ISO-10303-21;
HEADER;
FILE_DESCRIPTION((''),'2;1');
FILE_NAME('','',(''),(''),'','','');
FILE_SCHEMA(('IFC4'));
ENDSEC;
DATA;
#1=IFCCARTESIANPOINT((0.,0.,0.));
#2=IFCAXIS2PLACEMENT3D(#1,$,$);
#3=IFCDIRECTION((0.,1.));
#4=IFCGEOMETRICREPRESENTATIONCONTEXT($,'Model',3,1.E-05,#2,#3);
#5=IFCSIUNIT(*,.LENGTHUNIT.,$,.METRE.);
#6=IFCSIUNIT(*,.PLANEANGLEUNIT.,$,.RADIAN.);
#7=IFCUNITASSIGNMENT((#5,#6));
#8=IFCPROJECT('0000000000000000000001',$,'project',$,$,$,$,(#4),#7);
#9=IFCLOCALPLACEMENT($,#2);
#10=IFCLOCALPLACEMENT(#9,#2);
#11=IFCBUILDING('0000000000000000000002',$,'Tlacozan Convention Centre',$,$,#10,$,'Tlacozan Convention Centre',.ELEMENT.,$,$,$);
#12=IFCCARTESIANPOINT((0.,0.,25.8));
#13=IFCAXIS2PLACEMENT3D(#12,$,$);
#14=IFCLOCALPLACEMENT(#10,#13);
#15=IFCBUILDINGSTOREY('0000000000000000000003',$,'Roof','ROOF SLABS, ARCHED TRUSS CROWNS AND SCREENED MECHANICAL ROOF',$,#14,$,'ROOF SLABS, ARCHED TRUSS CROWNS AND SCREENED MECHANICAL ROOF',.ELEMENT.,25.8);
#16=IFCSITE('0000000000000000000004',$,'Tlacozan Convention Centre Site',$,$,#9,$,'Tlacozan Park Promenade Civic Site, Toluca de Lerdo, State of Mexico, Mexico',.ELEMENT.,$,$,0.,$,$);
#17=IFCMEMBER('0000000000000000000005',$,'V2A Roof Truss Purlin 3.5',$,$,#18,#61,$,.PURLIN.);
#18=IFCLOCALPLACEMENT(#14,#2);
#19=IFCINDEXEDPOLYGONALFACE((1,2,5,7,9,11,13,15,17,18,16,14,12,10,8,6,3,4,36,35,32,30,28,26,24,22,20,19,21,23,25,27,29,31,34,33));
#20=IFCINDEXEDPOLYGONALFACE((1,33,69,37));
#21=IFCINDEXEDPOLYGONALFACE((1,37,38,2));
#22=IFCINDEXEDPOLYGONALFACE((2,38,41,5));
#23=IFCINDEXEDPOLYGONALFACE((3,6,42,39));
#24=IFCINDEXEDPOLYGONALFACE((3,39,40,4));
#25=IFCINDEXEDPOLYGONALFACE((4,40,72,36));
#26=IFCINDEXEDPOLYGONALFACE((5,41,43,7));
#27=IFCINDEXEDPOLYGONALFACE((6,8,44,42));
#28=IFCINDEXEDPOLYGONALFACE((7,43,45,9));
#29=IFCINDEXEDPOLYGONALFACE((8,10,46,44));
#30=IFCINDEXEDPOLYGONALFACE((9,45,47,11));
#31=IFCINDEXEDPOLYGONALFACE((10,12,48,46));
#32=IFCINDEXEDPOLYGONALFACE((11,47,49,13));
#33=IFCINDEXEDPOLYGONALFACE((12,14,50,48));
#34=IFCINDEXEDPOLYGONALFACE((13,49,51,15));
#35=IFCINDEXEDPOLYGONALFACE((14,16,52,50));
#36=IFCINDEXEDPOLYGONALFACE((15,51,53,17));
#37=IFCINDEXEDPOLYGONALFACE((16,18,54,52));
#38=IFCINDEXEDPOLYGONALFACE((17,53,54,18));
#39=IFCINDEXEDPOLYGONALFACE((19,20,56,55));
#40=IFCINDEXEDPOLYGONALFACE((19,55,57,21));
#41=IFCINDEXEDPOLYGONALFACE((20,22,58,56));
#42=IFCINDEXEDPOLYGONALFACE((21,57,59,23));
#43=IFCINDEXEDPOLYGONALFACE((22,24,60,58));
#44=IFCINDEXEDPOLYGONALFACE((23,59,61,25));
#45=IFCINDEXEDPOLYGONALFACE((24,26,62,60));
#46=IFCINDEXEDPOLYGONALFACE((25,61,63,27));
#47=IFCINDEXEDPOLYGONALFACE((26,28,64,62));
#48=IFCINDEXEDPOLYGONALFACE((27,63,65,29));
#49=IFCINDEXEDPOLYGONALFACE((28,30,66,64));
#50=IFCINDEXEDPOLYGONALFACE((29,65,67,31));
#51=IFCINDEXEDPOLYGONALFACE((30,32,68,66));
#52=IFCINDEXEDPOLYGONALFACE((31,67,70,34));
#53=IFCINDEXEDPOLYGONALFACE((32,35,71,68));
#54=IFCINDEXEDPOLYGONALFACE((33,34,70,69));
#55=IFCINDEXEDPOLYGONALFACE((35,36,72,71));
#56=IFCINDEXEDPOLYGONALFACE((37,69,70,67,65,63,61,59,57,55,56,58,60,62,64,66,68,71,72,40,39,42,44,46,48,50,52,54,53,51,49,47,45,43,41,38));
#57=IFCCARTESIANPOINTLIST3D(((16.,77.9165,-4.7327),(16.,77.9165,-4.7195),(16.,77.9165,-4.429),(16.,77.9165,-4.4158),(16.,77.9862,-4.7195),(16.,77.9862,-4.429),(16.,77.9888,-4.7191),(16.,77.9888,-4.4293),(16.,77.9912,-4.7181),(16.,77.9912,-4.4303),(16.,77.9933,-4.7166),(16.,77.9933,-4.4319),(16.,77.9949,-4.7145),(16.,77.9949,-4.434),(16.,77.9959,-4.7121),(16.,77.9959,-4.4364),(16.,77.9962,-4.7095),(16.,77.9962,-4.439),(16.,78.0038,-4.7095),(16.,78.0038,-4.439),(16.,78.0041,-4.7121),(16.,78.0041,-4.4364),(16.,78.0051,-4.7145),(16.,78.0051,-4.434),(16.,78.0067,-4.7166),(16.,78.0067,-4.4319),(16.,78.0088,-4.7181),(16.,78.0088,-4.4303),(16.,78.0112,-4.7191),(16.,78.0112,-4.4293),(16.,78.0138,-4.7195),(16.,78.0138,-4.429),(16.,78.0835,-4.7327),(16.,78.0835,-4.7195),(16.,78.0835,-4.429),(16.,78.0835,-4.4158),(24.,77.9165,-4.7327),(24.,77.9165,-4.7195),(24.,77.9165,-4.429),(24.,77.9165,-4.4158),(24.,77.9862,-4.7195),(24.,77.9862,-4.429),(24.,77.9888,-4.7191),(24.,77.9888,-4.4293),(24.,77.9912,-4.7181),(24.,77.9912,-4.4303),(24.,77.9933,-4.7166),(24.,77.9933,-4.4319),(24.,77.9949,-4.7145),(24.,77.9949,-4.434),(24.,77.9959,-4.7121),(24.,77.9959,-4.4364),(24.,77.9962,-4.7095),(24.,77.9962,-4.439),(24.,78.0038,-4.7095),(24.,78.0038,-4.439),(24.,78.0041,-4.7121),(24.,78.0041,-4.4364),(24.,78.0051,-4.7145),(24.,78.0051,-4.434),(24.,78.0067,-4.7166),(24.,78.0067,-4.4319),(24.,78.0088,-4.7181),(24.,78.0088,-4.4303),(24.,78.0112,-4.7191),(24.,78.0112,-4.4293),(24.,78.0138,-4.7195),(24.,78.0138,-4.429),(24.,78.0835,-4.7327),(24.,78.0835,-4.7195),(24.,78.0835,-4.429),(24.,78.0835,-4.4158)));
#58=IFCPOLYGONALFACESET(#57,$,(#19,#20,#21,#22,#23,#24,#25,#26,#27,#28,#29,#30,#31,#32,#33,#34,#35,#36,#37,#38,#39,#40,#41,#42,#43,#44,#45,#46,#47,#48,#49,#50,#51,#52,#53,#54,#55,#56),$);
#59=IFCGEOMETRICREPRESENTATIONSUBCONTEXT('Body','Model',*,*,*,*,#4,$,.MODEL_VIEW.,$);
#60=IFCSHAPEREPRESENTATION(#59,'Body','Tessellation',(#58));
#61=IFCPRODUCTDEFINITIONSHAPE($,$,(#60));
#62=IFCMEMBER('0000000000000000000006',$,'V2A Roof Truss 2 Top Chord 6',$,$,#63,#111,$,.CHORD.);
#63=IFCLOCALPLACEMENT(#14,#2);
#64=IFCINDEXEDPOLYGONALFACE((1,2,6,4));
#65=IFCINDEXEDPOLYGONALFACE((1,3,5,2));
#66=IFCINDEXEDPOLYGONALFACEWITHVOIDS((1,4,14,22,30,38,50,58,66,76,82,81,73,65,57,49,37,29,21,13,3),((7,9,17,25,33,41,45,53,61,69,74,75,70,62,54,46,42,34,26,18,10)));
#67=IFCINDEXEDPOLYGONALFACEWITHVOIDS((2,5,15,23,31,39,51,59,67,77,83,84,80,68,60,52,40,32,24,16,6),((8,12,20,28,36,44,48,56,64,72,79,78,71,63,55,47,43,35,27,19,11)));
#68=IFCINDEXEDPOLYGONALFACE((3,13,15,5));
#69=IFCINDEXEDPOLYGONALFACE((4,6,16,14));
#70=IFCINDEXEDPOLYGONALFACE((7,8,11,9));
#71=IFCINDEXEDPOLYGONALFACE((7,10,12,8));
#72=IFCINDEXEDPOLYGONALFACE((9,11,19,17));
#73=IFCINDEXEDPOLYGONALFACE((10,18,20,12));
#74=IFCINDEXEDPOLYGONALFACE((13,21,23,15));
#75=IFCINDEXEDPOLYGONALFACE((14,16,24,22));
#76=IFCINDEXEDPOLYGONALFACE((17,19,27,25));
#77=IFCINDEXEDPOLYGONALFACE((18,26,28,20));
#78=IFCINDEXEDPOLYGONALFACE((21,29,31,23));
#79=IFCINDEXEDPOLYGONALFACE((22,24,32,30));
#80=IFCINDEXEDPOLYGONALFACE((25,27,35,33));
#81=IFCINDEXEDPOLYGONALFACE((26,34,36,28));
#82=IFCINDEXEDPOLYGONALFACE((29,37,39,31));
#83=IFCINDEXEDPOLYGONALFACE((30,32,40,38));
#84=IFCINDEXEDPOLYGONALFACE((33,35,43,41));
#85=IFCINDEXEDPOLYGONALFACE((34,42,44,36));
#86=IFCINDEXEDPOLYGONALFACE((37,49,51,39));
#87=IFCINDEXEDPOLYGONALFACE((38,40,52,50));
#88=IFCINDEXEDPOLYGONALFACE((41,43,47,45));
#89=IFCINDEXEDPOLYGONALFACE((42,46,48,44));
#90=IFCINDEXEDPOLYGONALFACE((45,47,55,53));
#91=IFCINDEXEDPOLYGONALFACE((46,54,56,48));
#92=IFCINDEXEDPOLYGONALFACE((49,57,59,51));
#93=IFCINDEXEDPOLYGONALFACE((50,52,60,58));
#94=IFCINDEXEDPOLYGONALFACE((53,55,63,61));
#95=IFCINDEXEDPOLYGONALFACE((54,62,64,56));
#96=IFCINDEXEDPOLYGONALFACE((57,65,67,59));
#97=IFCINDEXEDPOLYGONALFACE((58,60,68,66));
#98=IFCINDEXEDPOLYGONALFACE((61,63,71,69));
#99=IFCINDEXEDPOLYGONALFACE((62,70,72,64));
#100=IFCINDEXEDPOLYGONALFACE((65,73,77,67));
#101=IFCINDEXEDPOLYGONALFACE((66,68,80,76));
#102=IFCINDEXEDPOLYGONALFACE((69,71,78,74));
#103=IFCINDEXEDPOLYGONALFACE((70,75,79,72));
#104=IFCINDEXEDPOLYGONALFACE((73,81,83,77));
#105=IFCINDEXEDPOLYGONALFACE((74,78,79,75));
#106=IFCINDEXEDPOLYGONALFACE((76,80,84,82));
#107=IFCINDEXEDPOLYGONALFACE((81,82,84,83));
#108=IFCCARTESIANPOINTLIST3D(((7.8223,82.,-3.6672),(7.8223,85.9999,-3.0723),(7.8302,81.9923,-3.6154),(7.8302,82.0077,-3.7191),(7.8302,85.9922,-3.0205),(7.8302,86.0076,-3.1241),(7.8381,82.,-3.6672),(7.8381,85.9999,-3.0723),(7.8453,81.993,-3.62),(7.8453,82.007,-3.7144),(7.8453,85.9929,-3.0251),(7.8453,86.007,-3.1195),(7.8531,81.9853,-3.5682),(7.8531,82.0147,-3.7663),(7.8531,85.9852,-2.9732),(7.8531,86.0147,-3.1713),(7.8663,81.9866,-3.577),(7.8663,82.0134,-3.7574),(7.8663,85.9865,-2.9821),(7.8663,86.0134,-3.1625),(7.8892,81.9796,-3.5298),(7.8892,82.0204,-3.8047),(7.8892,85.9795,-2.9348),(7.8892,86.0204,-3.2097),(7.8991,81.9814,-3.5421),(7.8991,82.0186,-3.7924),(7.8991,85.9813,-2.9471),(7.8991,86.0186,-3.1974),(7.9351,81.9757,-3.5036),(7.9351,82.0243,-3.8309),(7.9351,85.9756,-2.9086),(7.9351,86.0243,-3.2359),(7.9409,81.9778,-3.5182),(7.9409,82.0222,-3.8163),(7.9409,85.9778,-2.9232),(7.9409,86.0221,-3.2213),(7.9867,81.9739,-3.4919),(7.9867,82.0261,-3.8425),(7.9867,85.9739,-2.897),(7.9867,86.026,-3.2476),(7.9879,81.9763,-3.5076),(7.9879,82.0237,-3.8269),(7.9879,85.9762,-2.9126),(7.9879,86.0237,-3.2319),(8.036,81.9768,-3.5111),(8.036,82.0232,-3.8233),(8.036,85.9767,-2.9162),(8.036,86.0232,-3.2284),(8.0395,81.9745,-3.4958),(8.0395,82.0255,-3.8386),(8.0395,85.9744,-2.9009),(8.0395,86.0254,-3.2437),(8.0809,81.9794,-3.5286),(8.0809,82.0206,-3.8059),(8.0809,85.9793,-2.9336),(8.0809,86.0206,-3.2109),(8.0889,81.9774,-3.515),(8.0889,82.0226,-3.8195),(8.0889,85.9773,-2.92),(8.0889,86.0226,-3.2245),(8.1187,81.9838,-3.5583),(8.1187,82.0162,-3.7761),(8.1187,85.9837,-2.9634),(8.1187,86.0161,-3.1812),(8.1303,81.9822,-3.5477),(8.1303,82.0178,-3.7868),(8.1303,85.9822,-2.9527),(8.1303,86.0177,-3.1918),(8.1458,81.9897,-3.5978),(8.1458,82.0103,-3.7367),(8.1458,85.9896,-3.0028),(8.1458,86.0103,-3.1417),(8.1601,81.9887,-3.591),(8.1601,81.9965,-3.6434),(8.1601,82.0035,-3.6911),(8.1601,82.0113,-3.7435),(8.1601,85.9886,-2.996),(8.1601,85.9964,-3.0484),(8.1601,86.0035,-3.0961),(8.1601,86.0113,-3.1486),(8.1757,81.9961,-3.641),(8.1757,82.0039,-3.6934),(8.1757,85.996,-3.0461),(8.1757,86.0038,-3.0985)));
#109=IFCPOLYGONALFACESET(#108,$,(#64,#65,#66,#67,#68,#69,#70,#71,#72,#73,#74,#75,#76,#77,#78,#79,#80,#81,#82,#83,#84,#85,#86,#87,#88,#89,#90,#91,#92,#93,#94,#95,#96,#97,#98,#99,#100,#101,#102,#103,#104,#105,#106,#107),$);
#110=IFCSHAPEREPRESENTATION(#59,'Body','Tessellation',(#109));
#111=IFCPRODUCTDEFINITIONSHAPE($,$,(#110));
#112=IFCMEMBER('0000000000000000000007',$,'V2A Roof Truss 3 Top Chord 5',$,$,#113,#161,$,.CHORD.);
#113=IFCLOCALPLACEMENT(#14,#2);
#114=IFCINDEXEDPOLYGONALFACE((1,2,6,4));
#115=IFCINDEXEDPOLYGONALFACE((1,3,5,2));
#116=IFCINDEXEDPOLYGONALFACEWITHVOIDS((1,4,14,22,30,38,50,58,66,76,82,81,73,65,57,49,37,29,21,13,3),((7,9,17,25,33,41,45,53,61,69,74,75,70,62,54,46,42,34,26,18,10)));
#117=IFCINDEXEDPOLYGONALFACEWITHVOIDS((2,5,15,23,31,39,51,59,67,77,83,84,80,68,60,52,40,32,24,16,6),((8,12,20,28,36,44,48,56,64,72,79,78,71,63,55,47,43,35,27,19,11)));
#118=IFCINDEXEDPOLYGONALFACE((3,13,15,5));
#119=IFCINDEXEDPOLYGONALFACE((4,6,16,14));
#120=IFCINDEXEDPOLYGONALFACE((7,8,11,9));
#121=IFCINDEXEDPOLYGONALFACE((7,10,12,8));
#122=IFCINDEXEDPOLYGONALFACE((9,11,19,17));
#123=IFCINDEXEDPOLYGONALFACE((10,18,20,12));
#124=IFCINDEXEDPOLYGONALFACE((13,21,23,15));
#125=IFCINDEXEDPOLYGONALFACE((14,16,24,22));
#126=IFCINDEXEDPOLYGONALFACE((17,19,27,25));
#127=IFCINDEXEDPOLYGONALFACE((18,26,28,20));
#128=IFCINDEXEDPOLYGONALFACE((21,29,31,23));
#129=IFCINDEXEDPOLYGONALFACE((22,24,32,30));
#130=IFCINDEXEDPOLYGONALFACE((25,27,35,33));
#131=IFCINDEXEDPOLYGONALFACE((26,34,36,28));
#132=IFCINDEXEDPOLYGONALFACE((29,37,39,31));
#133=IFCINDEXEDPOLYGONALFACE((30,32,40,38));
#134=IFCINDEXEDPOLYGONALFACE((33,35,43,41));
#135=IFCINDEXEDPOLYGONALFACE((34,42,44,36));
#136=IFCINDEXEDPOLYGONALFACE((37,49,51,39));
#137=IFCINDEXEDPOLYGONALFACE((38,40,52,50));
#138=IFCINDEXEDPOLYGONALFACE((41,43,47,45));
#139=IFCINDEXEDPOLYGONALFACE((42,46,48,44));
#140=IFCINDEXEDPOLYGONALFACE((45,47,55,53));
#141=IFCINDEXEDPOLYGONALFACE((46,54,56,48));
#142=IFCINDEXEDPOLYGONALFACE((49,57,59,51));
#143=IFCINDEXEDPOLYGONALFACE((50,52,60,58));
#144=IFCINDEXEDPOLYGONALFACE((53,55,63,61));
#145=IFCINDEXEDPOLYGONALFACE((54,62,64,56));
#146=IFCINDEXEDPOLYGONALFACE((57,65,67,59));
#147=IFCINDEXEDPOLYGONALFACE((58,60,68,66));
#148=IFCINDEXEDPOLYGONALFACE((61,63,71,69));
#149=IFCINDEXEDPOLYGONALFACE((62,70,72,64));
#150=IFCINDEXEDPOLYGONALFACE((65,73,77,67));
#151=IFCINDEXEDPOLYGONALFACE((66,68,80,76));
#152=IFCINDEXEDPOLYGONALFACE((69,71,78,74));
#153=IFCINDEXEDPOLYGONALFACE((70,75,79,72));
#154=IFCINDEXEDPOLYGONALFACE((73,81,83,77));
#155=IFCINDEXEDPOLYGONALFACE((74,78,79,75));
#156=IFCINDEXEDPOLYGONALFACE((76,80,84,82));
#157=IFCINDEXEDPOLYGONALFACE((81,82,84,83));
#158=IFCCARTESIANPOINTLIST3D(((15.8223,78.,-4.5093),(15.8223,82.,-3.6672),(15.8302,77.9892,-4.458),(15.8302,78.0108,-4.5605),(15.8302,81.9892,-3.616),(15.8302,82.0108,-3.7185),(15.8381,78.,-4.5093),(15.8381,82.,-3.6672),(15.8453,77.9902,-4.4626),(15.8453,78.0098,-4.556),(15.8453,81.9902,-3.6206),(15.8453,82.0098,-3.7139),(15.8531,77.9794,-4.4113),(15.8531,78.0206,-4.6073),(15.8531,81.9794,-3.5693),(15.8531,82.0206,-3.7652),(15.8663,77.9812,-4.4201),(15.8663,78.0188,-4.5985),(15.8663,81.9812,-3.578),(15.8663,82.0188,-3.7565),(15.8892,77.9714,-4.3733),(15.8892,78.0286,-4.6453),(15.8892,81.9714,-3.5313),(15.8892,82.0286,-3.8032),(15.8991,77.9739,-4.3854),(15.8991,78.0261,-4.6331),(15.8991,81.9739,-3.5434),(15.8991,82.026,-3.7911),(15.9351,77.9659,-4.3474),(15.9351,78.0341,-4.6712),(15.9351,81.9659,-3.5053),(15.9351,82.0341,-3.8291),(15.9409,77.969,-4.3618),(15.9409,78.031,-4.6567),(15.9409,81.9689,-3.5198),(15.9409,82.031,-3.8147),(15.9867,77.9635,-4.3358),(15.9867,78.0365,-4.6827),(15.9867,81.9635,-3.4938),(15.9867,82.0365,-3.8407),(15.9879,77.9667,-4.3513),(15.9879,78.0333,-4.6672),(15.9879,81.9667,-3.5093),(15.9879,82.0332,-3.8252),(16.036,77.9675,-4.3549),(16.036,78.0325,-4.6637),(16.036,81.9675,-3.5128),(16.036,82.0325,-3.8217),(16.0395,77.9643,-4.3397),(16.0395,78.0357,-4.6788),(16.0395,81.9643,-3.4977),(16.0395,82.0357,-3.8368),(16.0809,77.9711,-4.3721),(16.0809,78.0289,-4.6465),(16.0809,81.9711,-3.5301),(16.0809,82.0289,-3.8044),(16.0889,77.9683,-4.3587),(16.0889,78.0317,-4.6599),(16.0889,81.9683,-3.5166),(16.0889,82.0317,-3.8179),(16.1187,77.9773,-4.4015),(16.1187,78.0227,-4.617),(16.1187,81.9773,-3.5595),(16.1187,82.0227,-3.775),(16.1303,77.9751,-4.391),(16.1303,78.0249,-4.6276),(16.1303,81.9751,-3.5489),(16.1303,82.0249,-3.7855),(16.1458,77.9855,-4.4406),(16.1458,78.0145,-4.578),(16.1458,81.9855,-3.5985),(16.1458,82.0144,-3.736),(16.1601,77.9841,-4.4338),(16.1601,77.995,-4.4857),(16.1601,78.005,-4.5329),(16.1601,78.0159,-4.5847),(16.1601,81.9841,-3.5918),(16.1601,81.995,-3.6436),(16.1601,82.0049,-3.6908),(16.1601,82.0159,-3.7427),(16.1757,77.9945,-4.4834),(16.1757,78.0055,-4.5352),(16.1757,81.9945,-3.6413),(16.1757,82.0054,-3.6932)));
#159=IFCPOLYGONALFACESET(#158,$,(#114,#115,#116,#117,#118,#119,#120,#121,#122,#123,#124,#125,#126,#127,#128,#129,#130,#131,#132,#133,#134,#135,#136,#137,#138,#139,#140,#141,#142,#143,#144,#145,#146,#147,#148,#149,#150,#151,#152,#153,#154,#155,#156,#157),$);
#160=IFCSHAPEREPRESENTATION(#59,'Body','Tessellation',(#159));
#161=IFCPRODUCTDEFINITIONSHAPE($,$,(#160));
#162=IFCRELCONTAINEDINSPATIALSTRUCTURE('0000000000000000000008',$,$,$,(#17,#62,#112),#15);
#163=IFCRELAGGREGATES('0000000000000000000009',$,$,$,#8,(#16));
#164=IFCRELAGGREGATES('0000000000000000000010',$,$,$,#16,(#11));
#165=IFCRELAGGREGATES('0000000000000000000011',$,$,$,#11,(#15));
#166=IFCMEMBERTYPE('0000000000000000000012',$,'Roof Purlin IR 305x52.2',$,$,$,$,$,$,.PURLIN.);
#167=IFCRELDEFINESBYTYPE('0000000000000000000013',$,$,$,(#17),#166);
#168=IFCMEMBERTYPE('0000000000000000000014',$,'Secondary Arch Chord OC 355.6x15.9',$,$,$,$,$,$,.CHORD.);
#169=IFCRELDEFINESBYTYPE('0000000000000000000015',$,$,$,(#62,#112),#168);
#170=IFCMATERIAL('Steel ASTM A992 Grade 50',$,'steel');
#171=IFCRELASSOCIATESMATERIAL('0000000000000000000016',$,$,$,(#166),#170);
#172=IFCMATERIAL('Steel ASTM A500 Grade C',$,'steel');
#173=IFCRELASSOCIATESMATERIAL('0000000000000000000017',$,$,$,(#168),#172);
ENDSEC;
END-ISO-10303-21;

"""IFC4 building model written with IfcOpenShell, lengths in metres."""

from ifc_helpers import new_model, si_unit, direction, frame, origin, origin_2d, place, context, subcontext, project, spatial, hollow_circle, i_section, extrude, material, material_profile, profile_set, type_object, element, save


model = new_model("IFC4")

# Units and contexts
model_context = context("Model", 3, precision=1e-05, world=origin(), true_north=direction((0.0, 1.0)))
body_context = subcontext(model_context, "Body", "Model", "MODEL_VIEW")
ifc_project = project(units=[si_unit("LENGTHUNIT", "METRE"), si_unit("PLANEANGLEUNIT", "RADIAN")], contexts=[model_context])

# Site, building, storey
site_placement = place(None, origin())
site = spatial("IfcSite", under=ifc_project, at=site_placement, Name="Tlacozan Convention Centre Site", LongName="Tlacozan Park Promenade Civic Site, Toluca de Lerdo, State of Mexico, Mexico", CompositionType="ELEMENT", RefElevation=0.0)
building_placement = place(site_placement, origin())
building = spatial("IfcBuilding", under=site, at=building_placement, Name="Tlacozan Convention Centre", LongName="Tlacozan Convention Centre", CompositionType="ELEMENT")
storey_placement = place(building_placement, frame((0.0, 0.0, 25.8)))
storey = spatial("IfcBuildingStorey", under=building, at=storey_placement, Name="Roof", Description="ROOF SLABS, ARCHED TRUSS CROWNS AND SCREENED MECHANICAL ROOF", LongName="ROOF SLABS, ARCHED TRUSS CROWNS AND SCREENED MECHANICAL ROOF", CompositionType="ELEMENT", Elevation=25.8)

# Members
ifc_material_1 = material(Name="Steel ASTM A500 Grade C", Category="steel")
ifc_material_2 = material(Name="Steel ASTM A992 Grade 50", Category="steel")
ifc_material_profile_1 = material_profile(ifc_material_2, i_section(OverallWidth=0.167, OverallDepth=0.3169, WebThickness=0.0076, FlangeThickness=0.0132, FilletRadius=0.01, at=origin_2d()), Name="IR 305x52.2")
ifc_profile_set_1 = profile_set([ifc_material_profile_1], Name="Steel ASTM A992 Grade 50")
member_type_1 = type_object("IfcMemberType", Name="Roof Purlin IR 305x52.2", PredefinedType="PURLIN", material=ifc_profile_set_1)
for number, where, z_axis, x_axis, name in (
    (1, (16.0, 78.0, -4.5742), (1.0, 0.0, 0.0), (0.0, 1.0, 0.0), "V2A Roof Truss Purlin 3.5"),
):
    element("IfcMember", number, at=place(storey_placement, frame(where, z_axis=z_axis, x_axis=x_axis)), inside=storey, type_object=member_type_1, Name=name, PredefinedType="PURLIN", context=body_context, shape_type="SweptSolid", body=[
        extrude(i_section(OverallWidth=0.167, OverallDepth=0.3169, WebThickness=0.0076, FlangeThickness=0.0132, FilletRadius=0.01, at=origin_2d()), origin(), (0.0, 0.0, 1.0), 8.0),
    ])
ifc_material_profile_2 = material_profile(ifc_material_1, hollow_circle(Radius=0.1777, WallThickness=0.0159, at=origin_2d()), Name="OC 355.6x15.9")
ifc_profile_set_2 = profile_set([ifc_material_profile_2], Name="Steel ASTM A500 Grade C")
member_type_2 = type_object("IfcMemberType", Name="Secondary Arch Chord OC 355.6x15.9", PredefinedType="CHORD", material=ifc_profile_set_2)
member_1_placement = place(storey_placement, frame((8.0, 82.0, -3.6672), z_axis=(0.0, 0.989118, 0.147124), x_axis=(-1.0, 0.0, 0.0)))
element("IfcMember", 2, at=member_1_placement, inside=storey, type_object=member_type_2, Name="V2A Roof Truss 2 Top Chord 6", PredefinedType="CHORD", context=body_context, shape_type="SweptSolid", body=[
    extrude(hollow_circle(Radius=0.1777, WallThickness=0.0159, at=origin_2d()), origin(), (0.0, 0.0, 1.0), 4.0439),
])
member_2_placement = place(storey_placement, frame((16.0, 78.0, -4.5093), z_axis=(0.0, 0.978553, 0.205995), x_axis=(-1.0, 0.0, 0.0)))
element("IfcMember", 3, at=member_2_placement, inside=storey, type_object=member_type_2, Name="V2A Roof Truss 3 Top Chord 5", PredefinedType="CHORD", context=body_context, shape_type="SweptSolid", body=[
    extrude(hollow_circle(Radius=0.1777, WallThickness=0.0159, at=origin_2d()), origin(), (0.0, 0.0, 1.0), 4.0876),
])

save(model, "model.ifc")
